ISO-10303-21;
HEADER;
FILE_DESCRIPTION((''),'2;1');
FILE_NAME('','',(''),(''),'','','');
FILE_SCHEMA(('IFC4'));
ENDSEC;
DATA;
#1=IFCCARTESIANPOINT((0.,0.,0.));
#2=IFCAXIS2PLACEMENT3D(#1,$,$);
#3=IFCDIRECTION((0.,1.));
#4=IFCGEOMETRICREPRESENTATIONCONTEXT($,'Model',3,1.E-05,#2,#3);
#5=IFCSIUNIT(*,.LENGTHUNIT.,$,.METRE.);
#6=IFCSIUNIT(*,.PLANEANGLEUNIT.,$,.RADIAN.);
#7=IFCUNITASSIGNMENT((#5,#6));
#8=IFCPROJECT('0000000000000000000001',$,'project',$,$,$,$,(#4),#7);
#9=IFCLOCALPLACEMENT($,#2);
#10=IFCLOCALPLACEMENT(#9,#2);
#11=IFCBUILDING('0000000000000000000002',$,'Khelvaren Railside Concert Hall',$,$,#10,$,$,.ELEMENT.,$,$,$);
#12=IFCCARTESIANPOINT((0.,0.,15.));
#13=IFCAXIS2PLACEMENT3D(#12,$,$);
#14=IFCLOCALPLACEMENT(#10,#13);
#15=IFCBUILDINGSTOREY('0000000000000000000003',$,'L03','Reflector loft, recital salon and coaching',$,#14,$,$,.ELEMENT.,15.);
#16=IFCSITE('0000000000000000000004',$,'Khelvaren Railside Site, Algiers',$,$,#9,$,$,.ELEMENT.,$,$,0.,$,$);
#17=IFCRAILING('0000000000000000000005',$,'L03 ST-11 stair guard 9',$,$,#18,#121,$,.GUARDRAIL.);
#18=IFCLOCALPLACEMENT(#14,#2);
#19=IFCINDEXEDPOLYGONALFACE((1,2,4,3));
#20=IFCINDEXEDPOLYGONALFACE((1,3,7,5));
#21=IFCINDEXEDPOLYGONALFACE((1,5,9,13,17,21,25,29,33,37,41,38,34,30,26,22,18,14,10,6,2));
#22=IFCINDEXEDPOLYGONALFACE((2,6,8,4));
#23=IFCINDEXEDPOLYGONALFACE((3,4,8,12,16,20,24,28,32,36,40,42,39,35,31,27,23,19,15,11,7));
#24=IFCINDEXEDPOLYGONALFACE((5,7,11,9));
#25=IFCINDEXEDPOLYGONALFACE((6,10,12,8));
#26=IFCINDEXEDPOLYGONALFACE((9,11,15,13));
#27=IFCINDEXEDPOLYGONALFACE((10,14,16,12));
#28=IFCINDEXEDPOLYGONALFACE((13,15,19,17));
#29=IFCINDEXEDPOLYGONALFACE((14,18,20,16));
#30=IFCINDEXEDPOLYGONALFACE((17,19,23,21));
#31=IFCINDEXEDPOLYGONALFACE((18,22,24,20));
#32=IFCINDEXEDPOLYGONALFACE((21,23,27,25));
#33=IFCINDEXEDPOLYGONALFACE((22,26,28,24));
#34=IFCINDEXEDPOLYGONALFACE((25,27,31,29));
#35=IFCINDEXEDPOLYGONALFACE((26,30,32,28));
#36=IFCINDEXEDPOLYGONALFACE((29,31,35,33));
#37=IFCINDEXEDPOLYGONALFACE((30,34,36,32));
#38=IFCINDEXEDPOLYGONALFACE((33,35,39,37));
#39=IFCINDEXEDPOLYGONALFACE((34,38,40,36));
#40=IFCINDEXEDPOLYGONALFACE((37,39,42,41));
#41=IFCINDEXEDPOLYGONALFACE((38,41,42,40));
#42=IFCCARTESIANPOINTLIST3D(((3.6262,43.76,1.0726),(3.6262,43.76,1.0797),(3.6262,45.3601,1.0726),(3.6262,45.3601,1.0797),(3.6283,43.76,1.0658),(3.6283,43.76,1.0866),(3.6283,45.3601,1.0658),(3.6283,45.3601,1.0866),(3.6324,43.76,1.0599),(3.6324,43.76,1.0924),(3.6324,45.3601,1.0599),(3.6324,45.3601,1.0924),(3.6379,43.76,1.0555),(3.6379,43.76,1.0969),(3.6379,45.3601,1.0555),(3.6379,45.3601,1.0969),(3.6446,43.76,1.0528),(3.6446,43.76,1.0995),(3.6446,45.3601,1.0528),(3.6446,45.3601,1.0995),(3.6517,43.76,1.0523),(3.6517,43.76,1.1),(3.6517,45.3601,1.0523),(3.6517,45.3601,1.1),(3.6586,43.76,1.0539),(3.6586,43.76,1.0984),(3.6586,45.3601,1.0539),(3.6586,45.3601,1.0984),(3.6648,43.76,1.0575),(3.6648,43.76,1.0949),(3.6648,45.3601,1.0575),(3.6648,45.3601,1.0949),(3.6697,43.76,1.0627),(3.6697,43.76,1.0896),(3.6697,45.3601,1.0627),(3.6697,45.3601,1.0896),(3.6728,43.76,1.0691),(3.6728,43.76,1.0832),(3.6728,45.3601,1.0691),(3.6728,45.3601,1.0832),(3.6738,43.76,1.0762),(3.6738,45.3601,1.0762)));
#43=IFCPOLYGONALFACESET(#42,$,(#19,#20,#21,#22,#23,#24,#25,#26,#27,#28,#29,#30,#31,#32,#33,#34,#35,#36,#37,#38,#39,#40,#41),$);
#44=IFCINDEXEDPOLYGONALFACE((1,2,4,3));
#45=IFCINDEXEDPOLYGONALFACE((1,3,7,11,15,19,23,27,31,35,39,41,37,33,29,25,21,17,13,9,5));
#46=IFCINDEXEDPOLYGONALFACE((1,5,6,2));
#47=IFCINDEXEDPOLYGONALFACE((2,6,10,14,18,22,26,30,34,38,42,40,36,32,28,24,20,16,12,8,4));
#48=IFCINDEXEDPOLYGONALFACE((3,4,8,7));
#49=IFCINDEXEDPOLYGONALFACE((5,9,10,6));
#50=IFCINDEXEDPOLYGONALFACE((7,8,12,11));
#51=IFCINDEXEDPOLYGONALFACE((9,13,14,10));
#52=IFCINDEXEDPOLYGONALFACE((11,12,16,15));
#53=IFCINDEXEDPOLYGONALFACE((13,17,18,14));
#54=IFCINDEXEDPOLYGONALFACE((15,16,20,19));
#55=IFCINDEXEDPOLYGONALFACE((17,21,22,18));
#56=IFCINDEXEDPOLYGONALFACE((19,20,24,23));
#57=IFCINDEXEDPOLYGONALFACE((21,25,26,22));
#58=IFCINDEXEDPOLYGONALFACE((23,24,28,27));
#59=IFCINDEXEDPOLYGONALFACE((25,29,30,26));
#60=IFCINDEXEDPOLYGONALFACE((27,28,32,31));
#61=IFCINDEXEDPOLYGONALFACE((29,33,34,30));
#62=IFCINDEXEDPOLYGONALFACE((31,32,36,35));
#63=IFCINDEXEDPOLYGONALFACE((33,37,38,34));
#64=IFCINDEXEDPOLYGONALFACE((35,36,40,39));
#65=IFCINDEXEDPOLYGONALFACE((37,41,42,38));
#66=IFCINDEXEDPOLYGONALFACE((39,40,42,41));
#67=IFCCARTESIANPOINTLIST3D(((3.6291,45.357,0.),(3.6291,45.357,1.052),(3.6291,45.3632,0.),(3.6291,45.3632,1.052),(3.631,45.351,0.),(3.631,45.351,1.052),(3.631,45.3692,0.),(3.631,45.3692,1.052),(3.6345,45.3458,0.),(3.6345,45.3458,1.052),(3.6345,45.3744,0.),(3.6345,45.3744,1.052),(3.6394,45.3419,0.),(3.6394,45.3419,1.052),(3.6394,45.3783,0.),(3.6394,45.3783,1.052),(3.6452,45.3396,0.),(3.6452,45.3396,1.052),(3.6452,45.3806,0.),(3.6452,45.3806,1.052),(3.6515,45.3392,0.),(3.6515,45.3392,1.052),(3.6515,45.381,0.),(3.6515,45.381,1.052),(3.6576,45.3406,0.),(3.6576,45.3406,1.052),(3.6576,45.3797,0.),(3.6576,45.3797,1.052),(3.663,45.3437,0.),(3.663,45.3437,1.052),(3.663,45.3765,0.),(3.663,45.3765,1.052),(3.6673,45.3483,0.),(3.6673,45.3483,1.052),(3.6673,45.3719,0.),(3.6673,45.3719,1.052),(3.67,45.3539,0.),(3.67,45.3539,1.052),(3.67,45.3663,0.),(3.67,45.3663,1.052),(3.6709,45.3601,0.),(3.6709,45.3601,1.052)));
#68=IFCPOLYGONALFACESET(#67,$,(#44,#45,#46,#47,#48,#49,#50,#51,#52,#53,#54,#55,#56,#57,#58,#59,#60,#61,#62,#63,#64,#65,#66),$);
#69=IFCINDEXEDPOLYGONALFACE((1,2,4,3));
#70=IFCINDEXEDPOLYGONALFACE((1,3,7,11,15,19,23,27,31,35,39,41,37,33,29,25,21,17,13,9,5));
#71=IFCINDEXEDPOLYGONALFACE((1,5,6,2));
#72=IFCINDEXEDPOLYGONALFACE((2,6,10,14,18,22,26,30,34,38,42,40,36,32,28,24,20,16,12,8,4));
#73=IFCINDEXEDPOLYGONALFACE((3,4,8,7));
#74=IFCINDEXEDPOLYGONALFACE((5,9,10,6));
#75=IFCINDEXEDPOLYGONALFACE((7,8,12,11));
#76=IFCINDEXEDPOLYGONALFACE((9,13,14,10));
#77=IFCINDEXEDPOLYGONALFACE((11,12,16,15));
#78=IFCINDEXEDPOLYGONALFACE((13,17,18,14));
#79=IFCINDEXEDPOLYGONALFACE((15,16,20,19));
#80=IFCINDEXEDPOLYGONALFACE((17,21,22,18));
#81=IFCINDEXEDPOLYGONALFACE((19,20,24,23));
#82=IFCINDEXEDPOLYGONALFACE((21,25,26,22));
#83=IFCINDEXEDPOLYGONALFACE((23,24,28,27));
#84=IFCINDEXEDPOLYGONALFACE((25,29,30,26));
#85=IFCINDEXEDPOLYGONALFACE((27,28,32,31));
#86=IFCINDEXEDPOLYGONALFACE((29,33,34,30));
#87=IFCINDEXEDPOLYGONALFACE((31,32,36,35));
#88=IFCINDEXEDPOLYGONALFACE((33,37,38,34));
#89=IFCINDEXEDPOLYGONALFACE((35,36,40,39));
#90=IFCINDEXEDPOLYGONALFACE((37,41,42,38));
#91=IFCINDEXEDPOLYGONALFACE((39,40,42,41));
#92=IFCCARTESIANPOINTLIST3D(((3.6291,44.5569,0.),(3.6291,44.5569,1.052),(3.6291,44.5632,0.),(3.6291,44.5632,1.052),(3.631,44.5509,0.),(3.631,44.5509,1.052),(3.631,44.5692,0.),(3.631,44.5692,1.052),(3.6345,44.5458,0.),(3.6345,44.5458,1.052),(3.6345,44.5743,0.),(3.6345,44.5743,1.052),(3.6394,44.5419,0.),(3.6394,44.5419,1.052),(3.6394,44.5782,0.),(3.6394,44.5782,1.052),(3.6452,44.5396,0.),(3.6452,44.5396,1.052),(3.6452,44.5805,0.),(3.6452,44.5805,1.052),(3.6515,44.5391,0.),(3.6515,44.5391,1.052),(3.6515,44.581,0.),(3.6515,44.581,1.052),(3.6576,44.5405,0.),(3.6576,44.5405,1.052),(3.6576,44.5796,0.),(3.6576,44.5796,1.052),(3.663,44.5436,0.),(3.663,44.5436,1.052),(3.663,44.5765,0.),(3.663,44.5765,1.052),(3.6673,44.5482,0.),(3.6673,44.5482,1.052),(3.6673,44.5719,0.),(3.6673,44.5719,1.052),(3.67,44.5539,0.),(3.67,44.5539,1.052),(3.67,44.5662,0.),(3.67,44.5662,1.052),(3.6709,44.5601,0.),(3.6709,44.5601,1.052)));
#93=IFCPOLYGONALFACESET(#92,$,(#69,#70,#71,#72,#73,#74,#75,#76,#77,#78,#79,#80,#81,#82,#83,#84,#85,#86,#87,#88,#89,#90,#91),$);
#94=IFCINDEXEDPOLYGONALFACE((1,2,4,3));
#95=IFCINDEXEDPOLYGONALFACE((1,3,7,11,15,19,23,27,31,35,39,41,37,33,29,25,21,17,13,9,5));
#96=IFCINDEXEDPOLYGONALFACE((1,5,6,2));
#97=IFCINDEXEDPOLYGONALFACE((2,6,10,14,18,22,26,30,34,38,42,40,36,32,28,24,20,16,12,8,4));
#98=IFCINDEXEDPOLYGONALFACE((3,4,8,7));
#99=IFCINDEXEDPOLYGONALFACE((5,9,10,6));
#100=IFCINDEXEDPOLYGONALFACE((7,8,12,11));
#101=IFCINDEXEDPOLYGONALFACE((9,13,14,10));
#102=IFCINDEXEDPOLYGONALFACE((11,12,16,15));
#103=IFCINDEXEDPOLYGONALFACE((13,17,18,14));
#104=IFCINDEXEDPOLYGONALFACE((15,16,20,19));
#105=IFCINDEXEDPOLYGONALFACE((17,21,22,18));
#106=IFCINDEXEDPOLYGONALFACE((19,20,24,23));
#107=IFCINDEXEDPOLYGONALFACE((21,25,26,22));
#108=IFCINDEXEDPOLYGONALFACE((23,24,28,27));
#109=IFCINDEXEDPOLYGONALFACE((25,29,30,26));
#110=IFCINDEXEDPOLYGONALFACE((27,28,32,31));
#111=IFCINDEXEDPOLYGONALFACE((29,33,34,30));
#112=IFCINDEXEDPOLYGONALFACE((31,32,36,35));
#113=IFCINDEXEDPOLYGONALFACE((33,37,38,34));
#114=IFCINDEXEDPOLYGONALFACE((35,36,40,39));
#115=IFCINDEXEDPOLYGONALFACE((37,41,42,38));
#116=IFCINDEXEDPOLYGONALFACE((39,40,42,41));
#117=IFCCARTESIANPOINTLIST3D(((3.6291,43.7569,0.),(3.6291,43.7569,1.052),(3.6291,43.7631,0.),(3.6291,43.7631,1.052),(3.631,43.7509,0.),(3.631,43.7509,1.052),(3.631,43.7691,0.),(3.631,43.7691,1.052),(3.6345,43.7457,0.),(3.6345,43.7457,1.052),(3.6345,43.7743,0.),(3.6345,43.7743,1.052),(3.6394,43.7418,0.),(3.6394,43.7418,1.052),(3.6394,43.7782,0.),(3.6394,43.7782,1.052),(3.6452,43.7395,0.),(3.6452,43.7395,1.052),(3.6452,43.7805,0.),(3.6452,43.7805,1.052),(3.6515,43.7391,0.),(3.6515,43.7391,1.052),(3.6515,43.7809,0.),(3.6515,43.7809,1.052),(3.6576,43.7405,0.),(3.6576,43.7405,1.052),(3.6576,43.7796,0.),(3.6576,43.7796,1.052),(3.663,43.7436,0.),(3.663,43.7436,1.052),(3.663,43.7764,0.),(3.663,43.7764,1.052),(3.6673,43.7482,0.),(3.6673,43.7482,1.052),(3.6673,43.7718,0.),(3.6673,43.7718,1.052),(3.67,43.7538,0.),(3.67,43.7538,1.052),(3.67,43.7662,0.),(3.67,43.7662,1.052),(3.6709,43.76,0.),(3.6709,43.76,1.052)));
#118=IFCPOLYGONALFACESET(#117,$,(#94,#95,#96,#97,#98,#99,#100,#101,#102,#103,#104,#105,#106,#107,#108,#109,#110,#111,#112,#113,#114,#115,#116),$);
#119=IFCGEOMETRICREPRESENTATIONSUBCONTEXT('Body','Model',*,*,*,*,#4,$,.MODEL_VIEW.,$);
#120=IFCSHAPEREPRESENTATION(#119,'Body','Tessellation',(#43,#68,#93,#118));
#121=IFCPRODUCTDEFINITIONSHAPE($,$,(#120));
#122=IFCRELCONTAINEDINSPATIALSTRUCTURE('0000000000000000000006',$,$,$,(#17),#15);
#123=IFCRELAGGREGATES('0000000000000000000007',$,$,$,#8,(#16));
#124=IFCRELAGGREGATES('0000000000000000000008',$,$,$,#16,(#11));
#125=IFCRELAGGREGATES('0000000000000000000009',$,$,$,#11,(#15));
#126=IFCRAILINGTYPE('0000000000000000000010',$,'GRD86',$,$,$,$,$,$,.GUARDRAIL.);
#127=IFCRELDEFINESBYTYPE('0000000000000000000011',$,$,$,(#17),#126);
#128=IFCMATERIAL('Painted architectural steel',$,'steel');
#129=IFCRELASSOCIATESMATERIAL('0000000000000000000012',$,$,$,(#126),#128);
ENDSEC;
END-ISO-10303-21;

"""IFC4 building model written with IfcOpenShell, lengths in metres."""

from ifc_helpers import new_model, si_unit, direction, frame, origin, origin_2d, place, context, subcontext, project, spatial, circle, extrude, material, type_object, element, save


model = new_model("IFC4")

# Units and contexts
model_context = context("Model", 3, precision=1e-05, world=origin(), true_north=direction((0.0, 1.0)))
body_context = subcontext(model_context, "Body", "Model", "MODEL_VIEW")
ifc_project = project(units=[si_unit("LENGTHUNIT", "METRE"), si_unit("PLANEANGLEUNIT", "RADIAN")], contexts=[model_context])

# Site, building, storey
site_placement = place(None, origin())
site = spatial("IfcSite", under=ifc_project, at=site_placement, Name="Khelvaren Railside Site, Algiers", CompositionType="ELEMENT", RefElevation=0.0)
building_placement = place(site_placement, origin())
building = spatial("IfcBuilding", under=site, at=building_placement, Name="Khelvaren Railside Concert Hall", CompositionType="ELEMENT")
storey_placement = place(building_placement, frame((0.0, 0.0, 15.0)))
storey = spatial("IfcBuildingStorey", under=building, at=storey_placement, Name="L03", Description="Reflector loft, recital salon and coaching", CompositionType="ELEMENT", Elevation=15.0)

# Railing
ifc_material_1 = material(Name="Painted architectural steel", Category="steel")
railing_type = type_object("IfcRailingType", Name="GRD86", PredefinedType="GUARDRAIL", material=ifc_material_1)
for number, where, name in (
    (1, (3.6499, 45.3601, 0.0), "L03 ST-11 stair guard 9"),
):
    element("IfcRailing", number, at=place(storey_placement, frame(where)), inside=storey, type_object=railing_type, Name=name, PredefinedType="GUARDRAIL", context=body_context, shape_type="SweptSolid", body=[
        extrude(circle(Radius=0.0239, at=origin_2d()), frame((0.0, 0.0, 1.0762), z_axis=(0.0, -1.0, 0.0), x_axis=(1.0, 0.0, 0.0)), (0.0, 0.0, 1.0), 1.6001),
        extrude(circle(Radius=0.021, at=origin_2d()), origin(), (0.0, 0.0, 1.0), 1.052),
        extrude(circle(Radius=0.021, at=origin_2d()), frame((0.0, -0.8, 0.0)), (0.0, 0.0, 1.0), 1.052),
        extrude(circle(Radius=0.021, at=origin_2d()), frame((0.0, -1.6001, 0.0)), (0.0, 0.0, 1.0), 1.052),
    ])

save(model, "model.ifc")
